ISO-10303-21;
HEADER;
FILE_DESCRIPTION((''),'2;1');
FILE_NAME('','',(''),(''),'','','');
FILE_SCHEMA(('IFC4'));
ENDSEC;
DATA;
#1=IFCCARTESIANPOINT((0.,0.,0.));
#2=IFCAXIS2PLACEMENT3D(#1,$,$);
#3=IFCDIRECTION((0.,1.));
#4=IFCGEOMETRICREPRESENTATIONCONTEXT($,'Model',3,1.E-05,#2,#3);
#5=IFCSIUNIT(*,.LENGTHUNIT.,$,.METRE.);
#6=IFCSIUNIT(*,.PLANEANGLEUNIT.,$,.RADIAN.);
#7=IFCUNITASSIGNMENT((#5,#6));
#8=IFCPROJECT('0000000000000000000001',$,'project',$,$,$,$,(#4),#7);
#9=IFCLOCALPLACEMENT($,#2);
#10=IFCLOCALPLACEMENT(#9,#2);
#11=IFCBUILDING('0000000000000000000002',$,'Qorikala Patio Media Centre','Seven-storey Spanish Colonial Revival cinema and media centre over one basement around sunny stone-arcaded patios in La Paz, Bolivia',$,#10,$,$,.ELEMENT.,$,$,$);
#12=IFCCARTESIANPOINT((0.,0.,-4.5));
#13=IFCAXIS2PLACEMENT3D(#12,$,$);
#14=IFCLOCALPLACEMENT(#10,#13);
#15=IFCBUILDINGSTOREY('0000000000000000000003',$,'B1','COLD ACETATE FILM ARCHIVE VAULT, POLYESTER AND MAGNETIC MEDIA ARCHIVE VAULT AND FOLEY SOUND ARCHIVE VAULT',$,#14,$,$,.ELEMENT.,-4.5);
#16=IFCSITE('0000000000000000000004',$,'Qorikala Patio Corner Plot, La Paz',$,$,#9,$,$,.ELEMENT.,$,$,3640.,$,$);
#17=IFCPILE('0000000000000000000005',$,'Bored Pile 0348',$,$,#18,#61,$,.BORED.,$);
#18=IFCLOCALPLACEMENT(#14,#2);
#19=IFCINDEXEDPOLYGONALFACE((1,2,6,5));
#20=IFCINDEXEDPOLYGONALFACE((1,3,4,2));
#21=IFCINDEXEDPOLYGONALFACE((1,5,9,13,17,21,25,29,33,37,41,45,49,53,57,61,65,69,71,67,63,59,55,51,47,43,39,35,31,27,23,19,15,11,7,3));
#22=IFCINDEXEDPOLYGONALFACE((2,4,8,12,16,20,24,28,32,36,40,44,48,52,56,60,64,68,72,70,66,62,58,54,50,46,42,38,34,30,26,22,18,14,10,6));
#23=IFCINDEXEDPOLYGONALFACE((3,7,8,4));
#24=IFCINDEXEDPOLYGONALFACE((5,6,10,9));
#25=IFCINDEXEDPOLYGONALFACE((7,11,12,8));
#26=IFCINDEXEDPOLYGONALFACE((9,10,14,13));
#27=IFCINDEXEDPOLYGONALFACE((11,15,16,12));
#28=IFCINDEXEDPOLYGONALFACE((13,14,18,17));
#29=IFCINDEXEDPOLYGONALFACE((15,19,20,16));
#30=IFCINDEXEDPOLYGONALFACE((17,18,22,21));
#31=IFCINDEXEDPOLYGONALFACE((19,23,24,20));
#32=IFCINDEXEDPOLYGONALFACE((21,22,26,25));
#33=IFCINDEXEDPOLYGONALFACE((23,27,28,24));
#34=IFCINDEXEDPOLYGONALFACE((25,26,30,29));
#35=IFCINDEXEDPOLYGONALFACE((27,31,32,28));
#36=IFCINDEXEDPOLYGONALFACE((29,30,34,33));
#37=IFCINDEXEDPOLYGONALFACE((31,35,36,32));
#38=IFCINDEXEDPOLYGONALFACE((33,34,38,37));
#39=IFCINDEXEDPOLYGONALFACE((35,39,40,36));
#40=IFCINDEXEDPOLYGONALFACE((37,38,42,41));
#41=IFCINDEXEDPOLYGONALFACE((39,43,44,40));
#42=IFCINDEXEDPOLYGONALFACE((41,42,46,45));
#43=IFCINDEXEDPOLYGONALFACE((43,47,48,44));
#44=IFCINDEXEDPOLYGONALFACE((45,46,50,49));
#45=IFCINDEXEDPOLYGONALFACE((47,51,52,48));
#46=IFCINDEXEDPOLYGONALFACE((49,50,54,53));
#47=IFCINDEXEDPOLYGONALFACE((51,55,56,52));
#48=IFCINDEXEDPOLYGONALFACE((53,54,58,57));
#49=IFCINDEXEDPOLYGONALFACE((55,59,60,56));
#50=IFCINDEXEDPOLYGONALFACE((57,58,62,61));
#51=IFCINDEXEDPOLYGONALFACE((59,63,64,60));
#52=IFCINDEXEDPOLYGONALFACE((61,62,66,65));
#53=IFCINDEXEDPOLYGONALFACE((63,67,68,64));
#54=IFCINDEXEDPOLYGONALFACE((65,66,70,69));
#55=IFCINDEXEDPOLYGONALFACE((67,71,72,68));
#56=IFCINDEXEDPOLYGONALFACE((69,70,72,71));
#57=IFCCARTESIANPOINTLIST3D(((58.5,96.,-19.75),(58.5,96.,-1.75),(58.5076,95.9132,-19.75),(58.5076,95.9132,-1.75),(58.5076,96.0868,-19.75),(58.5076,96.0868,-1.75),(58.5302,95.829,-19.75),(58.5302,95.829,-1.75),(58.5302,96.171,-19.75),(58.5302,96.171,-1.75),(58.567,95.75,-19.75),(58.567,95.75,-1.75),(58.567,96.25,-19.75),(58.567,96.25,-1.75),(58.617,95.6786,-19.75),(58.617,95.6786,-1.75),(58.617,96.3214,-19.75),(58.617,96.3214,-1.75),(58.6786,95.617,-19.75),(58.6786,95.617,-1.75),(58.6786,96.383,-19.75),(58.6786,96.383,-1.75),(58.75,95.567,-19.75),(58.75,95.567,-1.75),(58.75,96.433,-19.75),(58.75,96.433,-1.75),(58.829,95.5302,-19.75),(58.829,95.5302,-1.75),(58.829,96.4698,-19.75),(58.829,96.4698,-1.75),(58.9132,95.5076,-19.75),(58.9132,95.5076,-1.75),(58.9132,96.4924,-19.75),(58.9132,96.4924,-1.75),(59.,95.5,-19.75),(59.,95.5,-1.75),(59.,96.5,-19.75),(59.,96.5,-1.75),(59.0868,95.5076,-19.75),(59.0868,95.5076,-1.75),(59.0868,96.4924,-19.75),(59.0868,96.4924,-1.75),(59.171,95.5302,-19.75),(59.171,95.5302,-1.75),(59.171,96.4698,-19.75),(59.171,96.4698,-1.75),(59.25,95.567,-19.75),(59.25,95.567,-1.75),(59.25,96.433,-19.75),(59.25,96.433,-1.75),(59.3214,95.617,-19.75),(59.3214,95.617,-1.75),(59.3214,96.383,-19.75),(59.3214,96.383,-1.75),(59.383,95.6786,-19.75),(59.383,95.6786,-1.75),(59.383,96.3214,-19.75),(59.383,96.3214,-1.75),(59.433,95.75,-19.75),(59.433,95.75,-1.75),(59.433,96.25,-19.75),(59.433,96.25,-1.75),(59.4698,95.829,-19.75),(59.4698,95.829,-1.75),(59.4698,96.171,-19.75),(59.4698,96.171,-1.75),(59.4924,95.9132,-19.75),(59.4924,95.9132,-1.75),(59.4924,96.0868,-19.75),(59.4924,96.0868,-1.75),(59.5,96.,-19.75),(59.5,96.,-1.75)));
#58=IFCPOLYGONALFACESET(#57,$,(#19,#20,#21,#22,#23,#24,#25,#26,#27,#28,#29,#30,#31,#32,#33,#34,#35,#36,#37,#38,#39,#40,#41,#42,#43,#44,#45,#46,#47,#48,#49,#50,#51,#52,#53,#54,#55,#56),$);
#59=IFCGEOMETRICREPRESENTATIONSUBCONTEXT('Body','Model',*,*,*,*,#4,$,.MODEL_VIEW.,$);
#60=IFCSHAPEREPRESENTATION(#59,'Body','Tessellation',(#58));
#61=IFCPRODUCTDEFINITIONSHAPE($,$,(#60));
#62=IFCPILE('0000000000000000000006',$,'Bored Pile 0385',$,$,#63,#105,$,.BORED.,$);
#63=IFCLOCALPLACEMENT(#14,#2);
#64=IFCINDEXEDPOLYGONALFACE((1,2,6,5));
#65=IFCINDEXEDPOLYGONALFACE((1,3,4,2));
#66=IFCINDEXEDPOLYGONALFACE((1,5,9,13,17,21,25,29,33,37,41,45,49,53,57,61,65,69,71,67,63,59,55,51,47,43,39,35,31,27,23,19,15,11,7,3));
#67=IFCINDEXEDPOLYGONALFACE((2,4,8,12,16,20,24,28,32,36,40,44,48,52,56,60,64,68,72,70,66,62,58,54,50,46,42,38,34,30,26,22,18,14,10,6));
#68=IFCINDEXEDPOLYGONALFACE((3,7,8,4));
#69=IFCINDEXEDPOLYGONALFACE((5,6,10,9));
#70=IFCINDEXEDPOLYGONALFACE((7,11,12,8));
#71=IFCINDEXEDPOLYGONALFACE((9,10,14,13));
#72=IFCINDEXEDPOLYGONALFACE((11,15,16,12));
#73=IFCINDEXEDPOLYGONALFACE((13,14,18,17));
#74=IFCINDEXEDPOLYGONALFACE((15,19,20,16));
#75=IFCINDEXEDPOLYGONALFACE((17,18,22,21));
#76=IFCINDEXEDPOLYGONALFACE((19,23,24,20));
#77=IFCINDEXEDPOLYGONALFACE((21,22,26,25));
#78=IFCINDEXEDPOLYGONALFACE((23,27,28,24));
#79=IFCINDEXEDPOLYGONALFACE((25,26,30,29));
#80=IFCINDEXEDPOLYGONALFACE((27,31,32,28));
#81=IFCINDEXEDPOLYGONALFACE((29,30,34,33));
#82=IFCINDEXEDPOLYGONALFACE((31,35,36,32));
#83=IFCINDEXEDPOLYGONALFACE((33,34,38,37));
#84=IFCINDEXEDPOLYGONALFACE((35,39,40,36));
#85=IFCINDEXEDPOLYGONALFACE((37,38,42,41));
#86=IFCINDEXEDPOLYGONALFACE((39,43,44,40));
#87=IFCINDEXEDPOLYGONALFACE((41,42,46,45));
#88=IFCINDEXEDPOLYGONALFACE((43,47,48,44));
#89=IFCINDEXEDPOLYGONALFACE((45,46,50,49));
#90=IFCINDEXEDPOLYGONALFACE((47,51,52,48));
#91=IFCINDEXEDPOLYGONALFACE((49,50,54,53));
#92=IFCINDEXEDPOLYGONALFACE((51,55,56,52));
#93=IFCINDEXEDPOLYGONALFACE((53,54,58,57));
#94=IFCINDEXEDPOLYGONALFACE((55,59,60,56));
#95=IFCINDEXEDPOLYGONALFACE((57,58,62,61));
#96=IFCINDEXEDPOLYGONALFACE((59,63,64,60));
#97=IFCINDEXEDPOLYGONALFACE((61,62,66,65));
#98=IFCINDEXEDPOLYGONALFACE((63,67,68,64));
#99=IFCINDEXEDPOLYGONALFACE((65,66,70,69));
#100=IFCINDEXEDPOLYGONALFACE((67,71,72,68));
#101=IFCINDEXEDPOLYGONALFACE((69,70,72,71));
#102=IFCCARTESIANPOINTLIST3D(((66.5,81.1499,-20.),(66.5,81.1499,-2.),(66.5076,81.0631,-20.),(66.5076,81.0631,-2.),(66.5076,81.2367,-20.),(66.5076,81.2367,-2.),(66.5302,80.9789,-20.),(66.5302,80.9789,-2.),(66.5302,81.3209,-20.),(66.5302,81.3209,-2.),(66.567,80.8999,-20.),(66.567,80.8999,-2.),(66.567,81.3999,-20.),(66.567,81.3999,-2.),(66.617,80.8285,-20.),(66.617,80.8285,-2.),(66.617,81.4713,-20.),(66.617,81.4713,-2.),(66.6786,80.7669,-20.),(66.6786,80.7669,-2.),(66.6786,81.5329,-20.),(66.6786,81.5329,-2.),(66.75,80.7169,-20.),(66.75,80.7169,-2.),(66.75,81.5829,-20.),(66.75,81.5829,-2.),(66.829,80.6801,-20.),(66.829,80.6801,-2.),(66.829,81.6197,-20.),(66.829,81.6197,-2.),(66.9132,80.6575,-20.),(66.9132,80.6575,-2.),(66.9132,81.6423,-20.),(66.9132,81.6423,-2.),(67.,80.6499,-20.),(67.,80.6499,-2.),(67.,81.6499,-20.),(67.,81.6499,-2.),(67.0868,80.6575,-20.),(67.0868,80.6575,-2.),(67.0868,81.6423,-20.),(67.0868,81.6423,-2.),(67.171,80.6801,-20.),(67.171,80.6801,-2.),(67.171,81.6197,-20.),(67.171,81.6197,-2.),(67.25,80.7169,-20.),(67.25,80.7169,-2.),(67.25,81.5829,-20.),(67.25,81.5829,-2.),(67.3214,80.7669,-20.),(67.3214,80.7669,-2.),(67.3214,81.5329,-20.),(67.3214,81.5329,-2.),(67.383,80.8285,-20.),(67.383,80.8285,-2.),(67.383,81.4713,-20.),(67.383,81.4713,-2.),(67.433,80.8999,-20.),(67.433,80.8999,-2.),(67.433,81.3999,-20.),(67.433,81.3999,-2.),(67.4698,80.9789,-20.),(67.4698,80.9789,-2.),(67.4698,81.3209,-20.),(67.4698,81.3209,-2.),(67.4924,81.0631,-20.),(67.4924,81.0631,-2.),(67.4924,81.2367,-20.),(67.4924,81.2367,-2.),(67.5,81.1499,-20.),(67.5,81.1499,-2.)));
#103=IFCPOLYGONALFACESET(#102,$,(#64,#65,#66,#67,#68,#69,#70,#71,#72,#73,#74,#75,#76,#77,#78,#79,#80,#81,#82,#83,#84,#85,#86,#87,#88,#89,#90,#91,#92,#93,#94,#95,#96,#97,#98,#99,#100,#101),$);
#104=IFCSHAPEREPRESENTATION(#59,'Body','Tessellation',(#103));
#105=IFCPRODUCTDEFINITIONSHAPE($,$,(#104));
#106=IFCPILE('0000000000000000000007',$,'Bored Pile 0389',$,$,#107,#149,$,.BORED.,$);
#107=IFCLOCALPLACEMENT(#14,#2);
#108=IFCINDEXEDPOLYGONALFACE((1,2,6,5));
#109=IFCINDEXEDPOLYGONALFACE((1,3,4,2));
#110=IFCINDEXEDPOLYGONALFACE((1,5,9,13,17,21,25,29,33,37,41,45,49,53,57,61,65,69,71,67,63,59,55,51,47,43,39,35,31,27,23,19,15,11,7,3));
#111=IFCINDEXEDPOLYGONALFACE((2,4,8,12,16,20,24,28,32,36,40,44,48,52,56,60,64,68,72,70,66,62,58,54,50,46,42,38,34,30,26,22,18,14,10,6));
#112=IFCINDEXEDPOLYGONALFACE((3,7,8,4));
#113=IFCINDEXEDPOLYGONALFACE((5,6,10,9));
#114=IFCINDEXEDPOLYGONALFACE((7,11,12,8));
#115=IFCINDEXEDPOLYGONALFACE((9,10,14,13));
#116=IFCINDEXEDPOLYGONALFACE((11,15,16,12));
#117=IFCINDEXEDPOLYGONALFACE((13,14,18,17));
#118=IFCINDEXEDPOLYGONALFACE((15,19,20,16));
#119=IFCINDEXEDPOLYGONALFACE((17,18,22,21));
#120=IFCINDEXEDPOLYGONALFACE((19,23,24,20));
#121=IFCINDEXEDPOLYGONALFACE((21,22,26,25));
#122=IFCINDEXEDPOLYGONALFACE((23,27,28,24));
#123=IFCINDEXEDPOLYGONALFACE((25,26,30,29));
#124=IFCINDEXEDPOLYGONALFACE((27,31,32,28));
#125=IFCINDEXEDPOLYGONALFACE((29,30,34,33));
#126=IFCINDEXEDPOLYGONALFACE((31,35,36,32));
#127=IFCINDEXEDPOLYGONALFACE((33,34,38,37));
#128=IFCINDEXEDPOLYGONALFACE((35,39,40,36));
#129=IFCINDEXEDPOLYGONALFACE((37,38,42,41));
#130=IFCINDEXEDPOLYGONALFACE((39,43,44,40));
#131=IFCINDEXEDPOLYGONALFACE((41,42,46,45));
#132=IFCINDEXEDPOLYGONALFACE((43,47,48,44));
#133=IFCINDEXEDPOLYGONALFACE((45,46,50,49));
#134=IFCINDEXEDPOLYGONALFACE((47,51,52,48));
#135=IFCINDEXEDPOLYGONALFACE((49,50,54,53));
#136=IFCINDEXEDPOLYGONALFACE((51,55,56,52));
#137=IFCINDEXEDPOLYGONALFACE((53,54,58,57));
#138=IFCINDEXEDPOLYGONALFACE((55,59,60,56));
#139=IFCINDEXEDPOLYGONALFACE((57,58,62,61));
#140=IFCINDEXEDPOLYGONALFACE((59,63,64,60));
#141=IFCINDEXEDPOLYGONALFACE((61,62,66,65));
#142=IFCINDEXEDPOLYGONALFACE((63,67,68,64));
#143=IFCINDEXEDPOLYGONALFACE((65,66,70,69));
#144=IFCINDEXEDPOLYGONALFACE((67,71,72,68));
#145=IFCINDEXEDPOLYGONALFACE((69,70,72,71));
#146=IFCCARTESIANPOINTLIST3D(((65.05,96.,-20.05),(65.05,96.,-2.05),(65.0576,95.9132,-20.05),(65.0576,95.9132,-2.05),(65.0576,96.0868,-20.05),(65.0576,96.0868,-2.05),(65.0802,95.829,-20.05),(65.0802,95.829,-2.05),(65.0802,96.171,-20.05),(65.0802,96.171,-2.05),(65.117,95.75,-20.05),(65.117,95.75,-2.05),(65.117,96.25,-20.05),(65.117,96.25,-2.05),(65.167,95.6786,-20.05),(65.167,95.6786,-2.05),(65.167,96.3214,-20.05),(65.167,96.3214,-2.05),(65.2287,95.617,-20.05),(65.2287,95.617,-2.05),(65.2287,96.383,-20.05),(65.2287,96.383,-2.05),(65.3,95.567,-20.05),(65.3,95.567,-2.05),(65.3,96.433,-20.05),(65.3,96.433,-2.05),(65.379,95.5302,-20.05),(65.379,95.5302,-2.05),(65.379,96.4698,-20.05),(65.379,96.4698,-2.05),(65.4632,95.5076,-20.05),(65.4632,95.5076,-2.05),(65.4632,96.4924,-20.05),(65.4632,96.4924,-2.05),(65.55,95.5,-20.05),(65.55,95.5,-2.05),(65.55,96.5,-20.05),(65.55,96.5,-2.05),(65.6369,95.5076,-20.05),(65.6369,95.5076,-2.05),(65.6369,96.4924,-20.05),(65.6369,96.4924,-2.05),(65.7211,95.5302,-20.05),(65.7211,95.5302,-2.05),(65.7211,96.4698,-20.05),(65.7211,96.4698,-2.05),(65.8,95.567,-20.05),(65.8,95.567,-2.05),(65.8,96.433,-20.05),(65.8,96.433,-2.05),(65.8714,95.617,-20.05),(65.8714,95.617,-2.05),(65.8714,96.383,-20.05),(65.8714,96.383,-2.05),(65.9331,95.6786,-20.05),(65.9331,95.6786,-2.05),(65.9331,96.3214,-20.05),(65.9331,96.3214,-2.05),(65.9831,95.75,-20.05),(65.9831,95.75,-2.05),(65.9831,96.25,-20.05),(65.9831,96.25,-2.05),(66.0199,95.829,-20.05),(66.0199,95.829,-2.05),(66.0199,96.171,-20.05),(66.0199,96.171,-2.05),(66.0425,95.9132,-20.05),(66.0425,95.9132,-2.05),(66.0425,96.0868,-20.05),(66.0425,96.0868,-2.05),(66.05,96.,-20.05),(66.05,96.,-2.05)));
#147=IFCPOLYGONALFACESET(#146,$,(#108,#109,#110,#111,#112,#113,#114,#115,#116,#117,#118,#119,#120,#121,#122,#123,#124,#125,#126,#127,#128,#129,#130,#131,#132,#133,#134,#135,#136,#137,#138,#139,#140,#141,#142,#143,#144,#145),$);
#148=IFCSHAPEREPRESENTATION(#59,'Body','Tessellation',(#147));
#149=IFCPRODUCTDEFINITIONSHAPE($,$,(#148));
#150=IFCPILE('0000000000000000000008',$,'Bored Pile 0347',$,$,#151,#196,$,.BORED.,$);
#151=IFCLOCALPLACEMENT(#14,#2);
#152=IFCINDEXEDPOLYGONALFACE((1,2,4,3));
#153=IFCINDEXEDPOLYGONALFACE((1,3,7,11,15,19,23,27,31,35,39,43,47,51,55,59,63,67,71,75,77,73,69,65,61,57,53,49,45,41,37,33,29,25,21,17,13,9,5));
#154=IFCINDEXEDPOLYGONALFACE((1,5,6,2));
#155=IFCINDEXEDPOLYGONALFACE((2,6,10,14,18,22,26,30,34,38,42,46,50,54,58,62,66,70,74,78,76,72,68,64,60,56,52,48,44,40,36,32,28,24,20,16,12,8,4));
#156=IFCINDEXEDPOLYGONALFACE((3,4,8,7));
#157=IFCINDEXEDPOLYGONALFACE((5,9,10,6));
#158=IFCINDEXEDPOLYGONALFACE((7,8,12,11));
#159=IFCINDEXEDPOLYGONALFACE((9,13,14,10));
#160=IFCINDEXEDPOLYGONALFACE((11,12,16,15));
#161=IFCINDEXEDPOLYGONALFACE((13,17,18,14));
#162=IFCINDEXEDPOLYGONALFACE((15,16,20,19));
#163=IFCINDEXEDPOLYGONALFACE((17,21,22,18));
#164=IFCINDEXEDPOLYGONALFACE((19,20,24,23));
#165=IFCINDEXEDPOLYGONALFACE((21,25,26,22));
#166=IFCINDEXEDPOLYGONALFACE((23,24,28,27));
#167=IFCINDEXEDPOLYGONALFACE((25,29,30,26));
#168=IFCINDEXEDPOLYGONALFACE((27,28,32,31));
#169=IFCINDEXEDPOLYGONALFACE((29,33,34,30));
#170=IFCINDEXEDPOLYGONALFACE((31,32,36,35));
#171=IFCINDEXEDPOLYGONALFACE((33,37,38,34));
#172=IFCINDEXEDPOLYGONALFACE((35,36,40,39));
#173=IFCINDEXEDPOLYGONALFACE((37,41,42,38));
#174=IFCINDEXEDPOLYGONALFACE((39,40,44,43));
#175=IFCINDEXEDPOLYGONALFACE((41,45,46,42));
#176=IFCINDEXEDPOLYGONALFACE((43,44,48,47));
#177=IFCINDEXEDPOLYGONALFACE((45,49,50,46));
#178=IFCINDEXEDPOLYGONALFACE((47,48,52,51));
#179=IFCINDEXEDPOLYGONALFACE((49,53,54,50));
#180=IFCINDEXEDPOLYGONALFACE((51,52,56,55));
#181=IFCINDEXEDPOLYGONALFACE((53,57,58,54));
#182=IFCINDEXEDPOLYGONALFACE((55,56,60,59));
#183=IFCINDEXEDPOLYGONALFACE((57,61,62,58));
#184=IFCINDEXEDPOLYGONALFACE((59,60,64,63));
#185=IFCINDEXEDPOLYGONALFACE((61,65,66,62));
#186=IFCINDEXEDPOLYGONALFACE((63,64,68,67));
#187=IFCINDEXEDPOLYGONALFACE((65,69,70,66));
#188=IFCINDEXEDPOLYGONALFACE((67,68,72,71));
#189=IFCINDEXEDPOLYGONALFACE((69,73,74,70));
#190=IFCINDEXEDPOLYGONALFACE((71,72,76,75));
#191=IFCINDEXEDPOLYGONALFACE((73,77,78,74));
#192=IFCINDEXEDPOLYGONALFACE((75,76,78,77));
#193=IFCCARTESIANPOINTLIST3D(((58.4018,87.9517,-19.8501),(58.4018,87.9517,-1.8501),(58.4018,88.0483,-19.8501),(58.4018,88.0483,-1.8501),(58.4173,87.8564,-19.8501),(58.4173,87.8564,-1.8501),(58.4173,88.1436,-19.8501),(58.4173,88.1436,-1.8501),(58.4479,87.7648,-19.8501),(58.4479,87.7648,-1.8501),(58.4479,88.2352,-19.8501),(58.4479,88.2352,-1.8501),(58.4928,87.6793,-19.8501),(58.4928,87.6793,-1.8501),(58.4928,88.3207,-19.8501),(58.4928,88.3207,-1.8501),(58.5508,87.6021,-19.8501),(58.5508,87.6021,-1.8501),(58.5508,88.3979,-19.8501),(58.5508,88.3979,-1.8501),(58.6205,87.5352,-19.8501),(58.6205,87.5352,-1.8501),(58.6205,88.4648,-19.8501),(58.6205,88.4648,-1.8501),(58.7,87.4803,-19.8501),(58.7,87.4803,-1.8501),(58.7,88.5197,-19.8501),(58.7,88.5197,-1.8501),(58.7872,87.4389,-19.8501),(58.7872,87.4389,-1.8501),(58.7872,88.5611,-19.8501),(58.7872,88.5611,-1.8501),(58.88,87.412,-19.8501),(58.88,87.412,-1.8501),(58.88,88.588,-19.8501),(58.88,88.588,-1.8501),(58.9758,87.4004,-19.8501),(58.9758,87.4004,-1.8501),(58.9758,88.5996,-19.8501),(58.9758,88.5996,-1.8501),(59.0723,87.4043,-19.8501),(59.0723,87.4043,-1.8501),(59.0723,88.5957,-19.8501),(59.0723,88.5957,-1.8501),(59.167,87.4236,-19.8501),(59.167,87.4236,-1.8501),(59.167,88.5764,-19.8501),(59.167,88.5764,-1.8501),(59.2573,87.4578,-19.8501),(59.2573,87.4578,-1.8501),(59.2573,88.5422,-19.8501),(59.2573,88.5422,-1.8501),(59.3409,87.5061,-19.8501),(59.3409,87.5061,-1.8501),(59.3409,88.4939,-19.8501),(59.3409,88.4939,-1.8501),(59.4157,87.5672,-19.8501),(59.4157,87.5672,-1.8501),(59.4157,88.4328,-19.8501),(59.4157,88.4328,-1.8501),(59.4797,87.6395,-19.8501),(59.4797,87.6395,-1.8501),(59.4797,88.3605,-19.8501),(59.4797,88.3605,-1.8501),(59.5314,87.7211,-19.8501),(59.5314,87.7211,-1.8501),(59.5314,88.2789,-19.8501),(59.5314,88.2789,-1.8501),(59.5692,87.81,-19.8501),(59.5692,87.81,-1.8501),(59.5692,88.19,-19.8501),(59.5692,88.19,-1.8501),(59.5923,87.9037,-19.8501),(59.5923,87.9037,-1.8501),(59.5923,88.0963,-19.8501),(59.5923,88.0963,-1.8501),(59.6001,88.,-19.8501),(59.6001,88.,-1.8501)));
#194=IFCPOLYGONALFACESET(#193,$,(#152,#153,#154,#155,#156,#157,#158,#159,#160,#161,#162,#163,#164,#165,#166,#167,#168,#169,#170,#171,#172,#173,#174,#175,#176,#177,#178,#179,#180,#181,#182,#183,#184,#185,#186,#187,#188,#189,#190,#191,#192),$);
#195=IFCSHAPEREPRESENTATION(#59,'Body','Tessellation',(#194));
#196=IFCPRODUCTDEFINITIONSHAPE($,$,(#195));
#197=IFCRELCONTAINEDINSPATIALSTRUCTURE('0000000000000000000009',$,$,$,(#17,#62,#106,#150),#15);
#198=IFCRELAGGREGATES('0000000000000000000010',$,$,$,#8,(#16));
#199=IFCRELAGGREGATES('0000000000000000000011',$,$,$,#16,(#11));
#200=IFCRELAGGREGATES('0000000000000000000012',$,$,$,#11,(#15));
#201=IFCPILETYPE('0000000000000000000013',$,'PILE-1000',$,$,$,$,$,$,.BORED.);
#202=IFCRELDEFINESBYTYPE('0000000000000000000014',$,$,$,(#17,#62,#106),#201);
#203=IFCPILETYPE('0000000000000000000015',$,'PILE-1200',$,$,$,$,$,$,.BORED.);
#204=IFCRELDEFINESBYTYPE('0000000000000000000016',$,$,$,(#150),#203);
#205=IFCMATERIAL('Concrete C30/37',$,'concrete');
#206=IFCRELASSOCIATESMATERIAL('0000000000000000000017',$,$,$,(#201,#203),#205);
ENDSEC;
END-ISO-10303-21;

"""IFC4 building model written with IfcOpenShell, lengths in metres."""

from ifc_helpers import new_model, si_unit, direction, frame, origin, origin_2d, place, context, subcontext, project, spatial, circle, extrude, material, material_profile, profile_set, type_object, element, save


model = new_model("IFC4")

# Units and contexts
model_context = context("Model", 3, precision=1e-05, world=origin(), true_north=direction((0.0, 1.0)))
body_context = subcontext(model_context, "Body", "Model", "MODEL_VIEW")
ifc_project = project(units=[si_unit("LENGTHUNIT", "METRE"), si_unit("PLANEANGLEUNIT", "RADIAN")], contexts=[model_context])

# Site, building, storey
site_placement = place(None, origin())
site = spatial("IfcSite", under=ifc_project, at=site_placement, Name="Qorikala Patio Corner Plot, La Paz", CompositionType="ELEMENT", RefElevation=3640.0)
building_placement = place(site_placement, origin())
building = spatial("IfcBuilding", under=site, at=building_placement, Name="Qorikala Patio Media Centre", Description="Seven-storey Spanish Colonial Revival cinema and media centre over one basement around sunny stone-arcaded patios in La Paz, Bolivia", CompositionType="ELEMENT")
storey_placement = place(building_placement, frame((0.0, 0.0, -4.5)))
storey = spatial("IfcBuildingStorey", under=building, at=storey_placement, Name="B1", Description="COLD ACETATE FILM ARCHIVE VAULT, POLYESTER AND MAGNETIC MEDIA ARCHIVE VAULT AND FOLEY SOUND ARCHIVE VAULT", CompositionType="ELEMENT", Elevation=-4.5)

# Shared definitions
ifc_material_1 = material(Name="Concrete C30/37", Category="concrete")

# Piles
ifc_material_profile_1 = material_profile(ifc_material_1, circle(Radius=0.5, at=origin_2d()), Name="BORED PILE 1000")
ifc_profile_set_1 = profile_set([ifc_material_profile_1], Name="Concrete C30/37")
pile_type_1 = type_object("IfcPileType", Name="PILE-1000", PredefinedType="BORED", material=ifc_profile_set_1)
for number, where, z_axis, x_axis, name in (
    (1, (59.0, 96.0, -1.75), (0.0, 0.0, -1.0), (1.0, 0.0, 0.0), "Bored Pile 0348"),
    (2, (67.0, 81.1499, -2.0), (0.0, 0.0, -1.0), (1.0, 0.0, 0.0), "Bored Pile 0385"),
    (3, (65.55, 96.0, -2.05), (0.0, 0.0, -1.0), (1.0, 0.0, 0.0), "Bored Pile 0389"),
):
    element("IfcPile", number, at=place(storey_placement, frame(where, z_axis=z_axis, x_axis=x_axis)), inside=storey, type_object=pile_type_1, Name=name, PredefinedType="BORED", context=body_context, shape_type="SweptSolid", body=[
        extrude(circle(Radius=0.5, at=origin_2d()), origin(), (0.0, 0.0, 1.0), 18.0),
    ])
ifc_material_profile_2 = material_profile(ifc_material_1, circle(Radius=0.6001, at=origin_2d()), Name="BORED PILE 1200")
ifc_profile_set_2 = profile_set([ifc_material_profile_2], Name="Concrete C30/37")
pile_type_2 = type_object("IfcPileType", Name="PILE-1200", PredefinedType="BORED", material=ifc_profile_set_2)
pile_placement = place(storey_placement, frame((59.0, 88.0, -1.8501), z_axis=(0.0, 0.0, -1.0), x_axis=(1.0, 0.0, 0.0)))
element("IfcPile", 4, at=pile_placement, inside=storey, type_object=pile_type_2, Name="Bored Pile 0347", PredefinedType="BORED", context=body_context, shape_type="SweptSolid", body=[
    extrude(circle(Radius=0.6001, at=origin_2d()), origin(), (0.0, 0.0, 1.0), 18.0),
])

save(model, "model.ifc")
